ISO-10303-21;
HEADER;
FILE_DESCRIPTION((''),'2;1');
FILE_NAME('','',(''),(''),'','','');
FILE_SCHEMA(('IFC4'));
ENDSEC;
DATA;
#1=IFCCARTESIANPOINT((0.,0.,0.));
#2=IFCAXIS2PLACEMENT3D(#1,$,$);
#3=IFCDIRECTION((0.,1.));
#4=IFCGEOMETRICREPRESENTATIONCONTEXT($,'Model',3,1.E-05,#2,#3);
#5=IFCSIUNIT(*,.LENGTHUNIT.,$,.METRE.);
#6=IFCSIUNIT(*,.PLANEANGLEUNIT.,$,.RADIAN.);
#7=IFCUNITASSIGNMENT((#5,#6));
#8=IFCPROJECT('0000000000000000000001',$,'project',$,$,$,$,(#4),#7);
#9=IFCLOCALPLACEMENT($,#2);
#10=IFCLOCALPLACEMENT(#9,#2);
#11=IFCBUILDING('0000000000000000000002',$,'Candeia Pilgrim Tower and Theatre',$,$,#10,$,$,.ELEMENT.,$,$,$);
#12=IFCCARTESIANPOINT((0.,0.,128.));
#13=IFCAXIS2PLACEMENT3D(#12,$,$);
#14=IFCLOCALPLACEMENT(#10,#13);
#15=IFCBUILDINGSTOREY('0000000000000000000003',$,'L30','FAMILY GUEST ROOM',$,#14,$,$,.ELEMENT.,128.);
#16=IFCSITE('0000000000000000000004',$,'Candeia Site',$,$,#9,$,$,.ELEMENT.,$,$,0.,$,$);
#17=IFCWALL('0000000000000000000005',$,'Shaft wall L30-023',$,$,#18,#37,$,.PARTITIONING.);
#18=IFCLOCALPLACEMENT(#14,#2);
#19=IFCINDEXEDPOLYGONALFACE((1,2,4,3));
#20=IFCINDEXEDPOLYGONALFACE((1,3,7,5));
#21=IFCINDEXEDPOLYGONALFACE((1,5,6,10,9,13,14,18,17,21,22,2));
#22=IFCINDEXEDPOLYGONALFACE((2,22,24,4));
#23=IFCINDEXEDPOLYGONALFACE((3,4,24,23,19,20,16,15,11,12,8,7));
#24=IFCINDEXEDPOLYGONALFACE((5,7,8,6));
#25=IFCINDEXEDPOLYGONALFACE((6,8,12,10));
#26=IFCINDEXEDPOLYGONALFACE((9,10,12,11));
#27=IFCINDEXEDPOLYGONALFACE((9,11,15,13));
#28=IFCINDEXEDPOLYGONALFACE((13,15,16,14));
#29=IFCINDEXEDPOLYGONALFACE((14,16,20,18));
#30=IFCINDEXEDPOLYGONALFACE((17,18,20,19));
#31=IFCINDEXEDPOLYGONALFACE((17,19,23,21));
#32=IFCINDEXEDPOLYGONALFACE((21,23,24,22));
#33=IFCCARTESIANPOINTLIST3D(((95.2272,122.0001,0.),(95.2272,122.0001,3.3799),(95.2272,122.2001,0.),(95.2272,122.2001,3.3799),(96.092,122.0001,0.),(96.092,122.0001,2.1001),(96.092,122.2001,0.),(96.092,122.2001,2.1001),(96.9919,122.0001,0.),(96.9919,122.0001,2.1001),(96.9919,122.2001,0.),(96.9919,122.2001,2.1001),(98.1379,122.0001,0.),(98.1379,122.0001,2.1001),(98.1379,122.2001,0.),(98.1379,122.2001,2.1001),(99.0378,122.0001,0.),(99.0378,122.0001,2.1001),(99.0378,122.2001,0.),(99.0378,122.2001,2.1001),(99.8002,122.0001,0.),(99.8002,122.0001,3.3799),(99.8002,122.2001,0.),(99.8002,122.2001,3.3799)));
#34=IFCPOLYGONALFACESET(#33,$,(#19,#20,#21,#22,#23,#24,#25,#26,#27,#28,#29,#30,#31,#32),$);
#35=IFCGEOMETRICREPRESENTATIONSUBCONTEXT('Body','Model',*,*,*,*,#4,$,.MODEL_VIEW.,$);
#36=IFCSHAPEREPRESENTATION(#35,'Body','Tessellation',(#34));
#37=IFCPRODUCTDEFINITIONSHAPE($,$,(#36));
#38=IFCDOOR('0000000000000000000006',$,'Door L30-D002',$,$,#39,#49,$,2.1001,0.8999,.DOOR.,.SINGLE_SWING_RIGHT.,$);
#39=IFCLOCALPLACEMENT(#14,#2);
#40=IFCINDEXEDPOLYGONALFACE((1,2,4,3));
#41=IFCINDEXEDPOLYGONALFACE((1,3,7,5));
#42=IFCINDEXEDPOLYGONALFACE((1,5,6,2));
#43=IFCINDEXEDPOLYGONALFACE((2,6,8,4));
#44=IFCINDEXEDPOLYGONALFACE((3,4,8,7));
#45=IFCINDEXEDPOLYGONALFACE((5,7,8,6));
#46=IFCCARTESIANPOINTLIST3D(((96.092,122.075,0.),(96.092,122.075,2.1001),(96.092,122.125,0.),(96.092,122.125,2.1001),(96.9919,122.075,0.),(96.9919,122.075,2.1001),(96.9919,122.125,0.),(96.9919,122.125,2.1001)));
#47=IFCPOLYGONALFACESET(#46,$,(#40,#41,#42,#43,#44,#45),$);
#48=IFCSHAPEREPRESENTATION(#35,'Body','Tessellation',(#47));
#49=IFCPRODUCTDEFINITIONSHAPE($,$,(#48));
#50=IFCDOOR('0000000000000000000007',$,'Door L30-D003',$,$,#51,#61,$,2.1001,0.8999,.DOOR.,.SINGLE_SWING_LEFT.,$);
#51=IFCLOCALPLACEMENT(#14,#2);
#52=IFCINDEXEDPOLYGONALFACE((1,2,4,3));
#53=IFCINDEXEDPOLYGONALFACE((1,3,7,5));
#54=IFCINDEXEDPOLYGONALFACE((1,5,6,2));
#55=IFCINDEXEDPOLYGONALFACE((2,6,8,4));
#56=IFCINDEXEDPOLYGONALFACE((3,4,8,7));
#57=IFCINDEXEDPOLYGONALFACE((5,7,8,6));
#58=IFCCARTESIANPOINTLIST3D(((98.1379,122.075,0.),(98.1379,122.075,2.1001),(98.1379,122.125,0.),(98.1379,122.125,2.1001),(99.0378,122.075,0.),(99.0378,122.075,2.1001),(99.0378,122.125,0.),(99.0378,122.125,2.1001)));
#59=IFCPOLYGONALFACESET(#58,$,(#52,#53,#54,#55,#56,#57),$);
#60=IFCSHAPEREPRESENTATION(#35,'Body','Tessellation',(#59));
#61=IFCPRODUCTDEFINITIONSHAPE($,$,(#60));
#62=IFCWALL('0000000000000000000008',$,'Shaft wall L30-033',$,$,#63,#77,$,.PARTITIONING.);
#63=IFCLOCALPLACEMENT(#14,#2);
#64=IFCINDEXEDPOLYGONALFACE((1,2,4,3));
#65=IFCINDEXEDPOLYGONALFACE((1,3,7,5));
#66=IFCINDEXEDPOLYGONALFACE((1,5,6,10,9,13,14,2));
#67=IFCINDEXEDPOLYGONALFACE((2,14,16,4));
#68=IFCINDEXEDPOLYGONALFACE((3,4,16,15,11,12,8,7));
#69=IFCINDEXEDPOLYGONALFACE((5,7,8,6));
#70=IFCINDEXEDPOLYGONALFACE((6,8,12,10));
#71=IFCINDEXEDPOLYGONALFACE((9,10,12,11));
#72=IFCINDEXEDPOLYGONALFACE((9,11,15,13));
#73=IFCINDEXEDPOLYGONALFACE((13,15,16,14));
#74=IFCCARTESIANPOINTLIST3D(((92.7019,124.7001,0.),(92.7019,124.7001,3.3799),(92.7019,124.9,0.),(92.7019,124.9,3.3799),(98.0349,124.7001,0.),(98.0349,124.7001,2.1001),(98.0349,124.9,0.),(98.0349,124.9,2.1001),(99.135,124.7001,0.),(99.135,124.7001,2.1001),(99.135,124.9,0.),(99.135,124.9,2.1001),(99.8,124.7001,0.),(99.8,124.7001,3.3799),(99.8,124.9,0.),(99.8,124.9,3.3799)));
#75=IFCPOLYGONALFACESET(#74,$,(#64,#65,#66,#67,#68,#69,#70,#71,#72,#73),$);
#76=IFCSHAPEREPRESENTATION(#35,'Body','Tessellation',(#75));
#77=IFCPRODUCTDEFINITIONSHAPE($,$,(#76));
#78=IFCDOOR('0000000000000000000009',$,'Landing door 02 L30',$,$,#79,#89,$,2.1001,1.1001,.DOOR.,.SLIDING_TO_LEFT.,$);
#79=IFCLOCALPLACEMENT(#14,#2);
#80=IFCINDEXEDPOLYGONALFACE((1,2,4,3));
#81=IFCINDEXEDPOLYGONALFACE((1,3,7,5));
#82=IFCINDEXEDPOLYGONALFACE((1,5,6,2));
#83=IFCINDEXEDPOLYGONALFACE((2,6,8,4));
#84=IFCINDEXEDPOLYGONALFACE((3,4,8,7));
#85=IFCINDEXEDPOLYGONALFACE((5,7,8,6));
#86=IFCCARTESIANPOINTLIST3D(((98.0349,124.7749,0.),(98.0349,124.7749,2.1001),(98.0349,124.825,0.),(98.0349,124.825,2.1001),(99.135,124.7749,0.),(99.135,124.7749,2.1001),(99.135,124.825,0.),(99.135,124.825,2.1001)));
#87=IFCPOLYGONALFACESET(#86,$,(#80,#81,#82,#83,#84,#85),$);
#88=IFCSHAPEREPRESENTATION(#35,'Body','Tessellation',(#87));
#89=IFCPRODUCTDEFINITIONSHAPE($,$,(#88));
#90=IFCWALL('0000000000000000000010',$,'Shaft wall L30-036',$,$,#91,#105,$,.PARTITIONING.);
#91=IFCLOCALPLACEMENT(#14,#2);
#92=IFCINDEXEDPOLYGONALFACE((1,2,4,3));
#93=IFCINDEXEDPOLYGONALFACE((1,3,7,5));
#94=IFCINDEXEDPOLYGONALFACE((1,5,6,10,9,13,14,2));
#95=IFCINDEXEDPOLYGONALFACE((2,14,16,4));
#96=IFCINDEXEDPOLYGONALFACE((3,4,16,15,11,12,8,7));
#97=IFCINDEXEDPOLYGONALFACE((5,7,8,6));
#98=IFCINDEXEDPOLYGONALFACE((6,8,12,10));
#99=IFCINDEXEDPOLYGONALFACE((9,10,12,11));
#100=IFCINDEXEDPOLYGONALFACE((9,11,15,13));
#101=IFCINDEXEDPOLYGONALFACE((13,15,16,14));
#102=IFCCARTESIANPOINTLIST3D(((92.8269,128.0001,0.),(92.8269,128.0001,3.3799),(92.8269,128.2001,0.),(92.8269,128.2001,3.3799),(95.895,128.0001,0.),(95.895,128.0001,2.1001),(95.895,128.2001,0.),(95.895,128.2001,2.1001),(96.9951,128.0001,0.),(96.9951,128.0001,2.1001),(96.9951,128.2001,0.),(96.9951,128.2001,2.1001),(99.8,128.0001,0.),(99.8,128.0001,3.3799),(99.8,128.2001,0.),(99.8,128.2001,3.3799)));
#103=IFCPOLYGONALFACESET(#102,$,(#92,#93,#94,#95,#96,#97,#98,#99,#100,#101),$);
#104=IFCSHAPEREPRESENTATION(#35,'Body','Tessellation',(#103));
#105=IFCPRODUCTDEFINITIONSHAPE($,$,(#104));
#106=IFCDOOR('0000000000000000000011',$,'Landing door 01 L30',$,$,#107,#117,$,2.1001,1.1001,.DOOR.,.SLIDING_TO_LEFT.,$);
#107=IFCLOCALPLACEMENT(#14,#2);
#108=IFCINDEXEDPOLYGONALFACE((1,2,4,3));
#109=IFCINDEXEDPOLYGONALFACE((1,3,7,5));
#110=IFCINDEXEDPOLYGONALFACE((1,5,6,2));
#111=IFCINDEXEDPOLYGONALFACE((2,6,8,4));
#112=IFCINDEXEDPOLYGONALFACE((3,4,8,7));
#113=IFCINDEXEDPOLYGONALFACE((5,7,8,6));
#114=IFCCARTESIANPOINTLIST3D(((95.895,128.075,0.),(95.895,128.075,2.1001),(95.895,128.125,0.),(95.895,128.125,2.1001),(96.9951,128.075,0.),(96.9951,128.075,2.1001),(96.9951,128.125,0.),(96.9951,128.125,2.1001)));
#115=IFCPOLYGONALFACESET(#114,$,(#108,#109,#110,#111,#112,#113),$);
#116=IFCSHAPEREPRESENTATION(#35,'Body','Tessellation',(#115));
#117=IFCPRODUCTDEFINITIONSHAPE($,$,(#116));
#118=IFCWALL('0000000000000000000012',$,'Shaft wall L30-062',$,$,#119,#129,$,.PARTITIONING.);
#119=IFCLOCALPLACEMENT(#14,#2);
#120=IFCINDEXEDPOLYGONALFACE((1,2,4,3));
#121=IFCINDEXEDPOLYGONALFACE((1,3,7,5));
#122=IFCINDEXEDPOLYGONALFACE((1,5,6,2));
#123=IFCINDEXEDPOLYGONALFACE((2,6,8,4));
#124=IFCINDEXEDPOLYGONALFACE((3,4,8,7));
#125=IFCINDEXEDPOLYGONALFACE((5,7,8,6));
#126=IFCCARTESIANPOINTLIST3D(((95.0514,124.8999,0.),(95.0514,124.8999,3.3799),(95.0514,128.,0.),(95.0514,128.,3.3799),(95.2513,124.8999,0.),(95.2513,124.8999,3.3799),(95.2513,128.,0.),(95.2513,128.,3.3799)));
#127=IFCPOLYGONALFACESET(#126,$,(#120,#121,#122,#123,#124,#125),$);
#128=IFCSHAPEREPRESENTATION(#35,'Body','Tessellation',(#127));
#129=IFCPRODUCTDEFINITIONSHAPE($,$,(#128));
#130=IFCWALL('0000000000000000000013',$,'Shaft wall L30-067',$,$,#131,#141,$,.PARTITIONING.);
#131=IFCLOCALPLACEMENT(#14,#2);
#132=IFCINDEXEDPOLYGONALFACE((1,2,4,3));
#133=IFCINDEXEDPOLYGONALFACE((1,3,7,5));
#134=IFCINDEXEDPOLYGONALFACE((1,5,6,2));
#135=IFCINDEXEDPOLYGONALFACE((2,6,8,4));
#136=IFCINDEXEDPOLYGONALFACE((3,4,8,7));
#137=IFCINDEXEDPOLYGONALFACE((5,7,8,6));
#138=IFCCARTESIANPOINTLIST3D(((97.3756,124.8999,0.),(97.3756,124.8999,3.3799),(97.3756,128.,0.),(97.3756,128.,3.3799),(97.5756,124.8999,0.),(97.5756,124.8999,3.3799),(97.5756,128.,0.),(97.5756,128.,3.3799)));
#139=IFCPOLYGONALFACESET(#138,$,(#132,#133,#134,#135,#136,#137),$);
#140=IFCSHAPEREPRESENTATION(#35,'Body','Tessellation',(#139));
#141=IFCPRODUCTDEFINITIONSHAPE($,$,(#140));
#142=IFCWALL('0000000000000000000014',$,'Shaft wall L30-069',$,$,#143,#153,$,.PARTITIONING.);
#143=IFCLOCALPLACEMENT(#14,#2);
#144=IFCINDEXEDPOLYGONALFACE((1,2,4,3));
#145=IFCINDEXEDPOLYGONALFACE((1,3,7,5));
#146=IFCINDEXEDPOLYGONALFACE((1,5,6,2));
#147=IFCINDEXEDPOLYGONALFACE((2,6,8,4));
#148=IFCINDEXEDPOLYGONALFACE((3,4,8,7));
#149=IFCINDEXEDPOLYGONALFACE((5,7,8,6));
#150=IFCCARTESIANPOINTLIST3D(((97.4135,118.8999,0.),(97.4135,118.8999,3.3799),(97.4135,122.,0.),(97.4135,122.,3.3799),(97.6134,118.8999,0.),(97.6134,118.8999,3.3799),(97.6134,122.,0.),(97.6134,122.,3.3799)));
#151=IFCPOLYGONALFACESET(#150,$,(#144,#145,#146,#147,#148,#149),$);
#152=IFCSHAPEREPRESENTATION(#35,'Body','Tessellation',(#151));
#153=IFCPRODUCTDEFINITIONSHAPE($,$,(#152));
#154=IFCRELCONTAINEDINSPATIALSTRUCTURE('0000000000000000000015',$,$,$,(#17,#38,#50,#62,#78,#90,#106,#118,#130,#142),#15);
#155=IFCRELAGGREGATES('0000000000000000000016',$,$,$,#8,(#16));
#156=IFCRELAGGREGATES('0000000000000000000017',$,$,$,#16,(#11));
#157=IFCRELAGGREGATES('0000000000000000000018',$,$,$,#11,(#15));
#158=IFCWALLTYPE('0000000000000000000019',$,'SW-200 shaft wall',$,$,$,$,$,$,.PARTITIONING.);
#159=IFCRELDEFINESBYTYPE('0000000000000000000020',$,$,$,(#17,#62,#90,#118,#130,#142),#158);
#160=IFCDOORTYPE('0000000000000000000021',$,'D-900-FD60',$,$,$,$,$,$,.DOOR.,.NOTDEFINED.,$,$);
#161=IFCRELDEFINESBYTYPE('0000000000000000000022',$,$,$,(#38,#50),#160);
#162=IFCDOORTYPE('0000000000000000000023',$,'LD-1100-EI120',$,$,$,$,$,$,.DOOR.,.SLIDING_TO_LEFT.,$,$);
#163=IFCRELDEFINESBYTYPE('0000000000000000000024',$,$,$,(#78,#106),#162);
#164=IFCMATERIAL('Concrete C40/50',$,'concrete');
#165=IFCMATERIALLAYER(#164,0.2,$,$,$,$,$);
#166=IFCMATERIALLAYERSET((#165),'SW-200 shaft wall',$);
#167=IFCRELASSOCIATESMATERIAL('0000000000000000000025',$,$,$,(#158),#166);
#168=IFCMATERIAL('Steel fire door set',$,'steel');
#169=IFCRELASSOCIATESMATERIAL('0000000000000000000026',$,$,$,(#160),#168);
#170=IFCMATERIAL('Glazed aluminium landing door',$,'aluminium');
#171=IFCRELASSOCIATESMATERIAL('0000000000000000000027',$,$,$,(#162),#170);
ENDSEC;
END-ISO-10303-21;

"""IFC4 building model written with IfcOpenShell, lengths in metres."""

from ifc_helpers import new_model, si_unit, direction, frame, frame_2d, origin, place, context, subcontext, project, spatial, rectangle, extrude, material, layer, layer_set, type_object, element, fill, save


model = new_model("IFC4")

# Units and contexts
model_context = context("Model", 3, precision=1e-05, world=origin(), true_north=direction((0.0, 1.0)))
body_context = subcontext(model_context, "Body", "Model", "MODEL_VIEW")
ifc_project = project(units=[si_unit("LENGTHUNIT", "METRE"), si_unit("PLANEANGLEUNIT", "RADIAN")], contexts=[model_context])

# Site, building, storey
site_placement = place(None, origin())
site = spatial("IfcSite", under=ifc_project, at=site_placement, Name="Candeia Site", CompositionType="ELEMENT", RefElevation=0.0)
building_placement = place(site_placement, origin())
building = spatial("IfcBuilding", under=site, at=building_placement, Name="Candeia Pilgrim Tower and Theatre", CompositionType="ELEMENT")
storey_placement = place(building_placement, frame((0.0, 0.0, 128.0)))
storey = spatial("IfcBuildingStorey", under=building, at=storey_placement, Name="L30", Description="FAMILY GUEST ROOM", CompositionType="ELEMENT", Elevation=128.0)

# Shared definitions
ifc_material_1 = material(Name="Steel fire door set", Category="steel")

# Shared definitions
ifc_material_2 = material(Name="Concrete C40/50", Category="concrete")
ifc_layer_1 = layer(ifc_material_2, 0.2)
ifc_layer_set_1 = layer_set([ifc_layer_1], Name="SW-200 shaft wall")
wall_type_1 = type_object("IfcWallType", Name="SW-200 shaft wall", PredefinedType="PARTITIONING", material=ifc_layer_set_1)

# Wall, openings, doors
wall_1_placement = place(storey_placement, frame((95.2271, 122.1001, 0.0), z_axis=(0.0, 0.0, 1.0), x_axis=(1.0, 0.0, 0.0)))
wall_1 = element("IfcWall", 1, at=wall_1_placement, inside=storey, type_object=wall_type_1, Name="Shaft wall L30-023", PredefinedType="PARTITIONING", context=body_context, shape_type="SweptSolid", body=[
    extrude(rectangle(XDim=4.573, YDim=0.2, at=frame_2d((2.2866, 0.0))), origin(), (0.0, 0.0, 1.0), 3.3799),
])
opening_1_placement = place(wall_1_placement, frame((0.865, 0.0, 0.0)))
opening_1 = element("IfcOpeningElement", 2, at=opening_1_placement, cuts=wall_1, PredefinedType="OPENING", context=body_context, shape_type="SweptSolid", body=[
    extrude(rectangle(XDim=0.8999, YDim=2.1001, at=frame_2d((0.45, 1.05))), frame((0.0, 0.1099, 0.0), z_axis=(0.0, -1.0, 0.0), x_axis=(1.0, 0.0, 0.0)), (0.0, 0.0, 1.0), 0.22),
])
opening_2_placement = place(wall_1_placement, frame((2.9109, 0.0, 0.0)))
opening_2 = element("IfcOpeningElement", 3, at=opening_2_placement, cuts=wall_1, PredefinedType="OPENING", context=body_context, shape_type="SweptSolid", body=[
    extrude(rectangle(XDim=0.8999, YDim=2.1001, at=frame_2d((0.45, 1.05))), frame((0.0, 0.1099, 0.0), z_axis=(0.0, -1.0, 0.0), x_axis=(1.0, 0.0, 0.0)), (0.0, 0.0, 1.0), 0.22),
])
door_type_1 = type_object("IfcDoorType", Name="D-900-FD60", OperationType="NOTDEFINED", PredefinedType="DOOR", material=ifc_material_1)
door_1_placement = place(opening_1_placement, origin())
door_1 = element("IfcDoor", 4, at=door_1_placement, inside=storey, type_object=door_type_1, Name="Door L30-D002", OperationType="SINGLE_SWING_RIGHT", OverallHeight=2.1001, OverallWidth=0.8999, PredefinedType="DOOR", context=body_context, shape_type="SweptSolid", body=[
    extrude(rectangle(XDim=0.8999, YDim=2.1001, at=frame_2d((0.45, 1.05))), frame((0.0, 0.0249, 0.0), z_axis=(0.0, -1.0, 0.0), x_axis=(1.0, 0.0, 0.0)), (0.0, 0.0, 1.0), 0.05),
])
fill(opening_1, door_1)
door_2_placement = place(opening_2_placement, origin())
door_2 = element("IfcDoor", 5, at=door_2_placement, inside=storey, type_object=door_type_1, Name="Door L30-D003", OperationType="SINGLE_SWING_LEFT", OverallHeight=2.1001, OverallWidth=0.8999, PredefinedType="DOOR", context=body_context, shape_type="SweptSolid", body=[
    extrude(rectangle(XDim=0.8999, YDim=2.1001, at=frame_2d((0.45, 1.05))), frame((0.0, 0.0249, 0.0), z_axis=(0.0, -1.0, 0.0), x_axis=(1.0, 0.0, 0.0)), (0.0, 0.0, 1.0), 0.05),
])
fill(opening_2, door_2)

# Walls, openings, doors
wall_2_placement = place(storey_placement, frame((92.7019, 124.8, 0.0), z_axis=(0.0, 0.0, 1.0), x_axis=(1.0, 0.0, 0.0)))
wall_2 = element("IfcWall", 6, at=wall_2_placement, inside=storey, type_object=wall_type_1, Name="Shaft wall L30-033", PredefinedType="PARTITIONING", context=body_context, shape_type="SweptSolid", body=[
    extrude(rectangle(XDim=7.0981, YDim=0.2, at=frame_2d((3.5491, 0.0))), origin(), (0.0, 0.0, 1.0), 3.3799),
])
opening_3_placement = place(wall_2_placement, frame((5.333, 0.0, 0.0)))
opening_3 = element("IfcOpeningElement", 7, at=opening_3_placement, cuts=wall_2, PredefinedType="OPENING", context=body_context, shape_type="SweptSolid", body=[
    extrude(rectangle(XDim=1.1001, YDim=2.1001, at=frame_2d((0.55, 1.05))), frame((0.0, 0.1099, 0.0), z_axis=(0.0, -1.0, 0.0), x_axis=(1.0, 0.0, 0.0)), (0.0, 0.0, 1.0), 0.22),
])
ifc_material_3 = material(Name="Glazed aluminium landing door", Category="aluminium")
door_type_2 = type_object("IfcDoorType", Name="LD-1100-EI120", OperationType="SLIDING_TO_LEFT", PredefinedType="DOOR", material=ifc_material_3)
door_3_placement = place(opening_3_placement, origin())
door_3 = element("IfcDoor", 8, at=door_3_placement, inside=storey, type_object=door_type_2, Name="Landing door 02 L30", OperationType="SLIDING_TO_LEFT", OverallHeight=2.1001, OverallWidth=1.1001, PredefinedType="DOOR", context=body_context, shape_type="SweptSolid", body=[
    extrude(rectangle(XDim=1.1001, YDim=2.1001, at=frame_2d((0.55, 1.05))), frame((0.0, 0.0249, 0.0), z_axis=(0.0, -1.0, 0.0), x_axis=(1.0, 0.0, 0.0)), (0.0, 0.0, 1.0), 0.05),
])
fill(opening_3, door_3)
wall_3_placement = place(storey_placement, frame((92.8269, 128.1001, 0.0), z_axis=(0.0, 0.0, 1.0), x_axis=(1.0, 0.0, 0.0)))
wall_3 = element("IfcWall", 9, at=wall_3_placement, inside=storey, type_object=wall_type_1, Name="Shaft wall L30-036", PredefinedType="PARTITIONING", context=body_context, shape_type="SweptSolid", body=[
    extrude(rectangle(XDim=6.9731, YDim=0.2, at=frame_2d((3.4866, 0.0))), origin(), (0.0, 0.0, 1.0), 3.3799),
])
opening_4_placement = place(wall_3_placement, frame((3.0681, 0.0, 0.0)))
opening_4 = element("IfcOpeningElement", 10, at=opening_4_placement, cuts=wall_3, PredefinedType="OPENING", context=body_context, shape_type="SweptSolid", body=[
    extrude(rectangle(XDim=1.1001, YDim=2.1001, at=frame_2d((0.55, 1.05))), frame((0.0, 0.1099, 0.0), z_axis=(0.0, -1.0, 0.0), x_axis=(1.0, 0.0, 0.0)), (0.0, 0.0, 1.0), 0.22),
])
door_4_placement = place(opening_4_placement, origin())
door_4 = element("IfcDoor", 11, at=door_4_placement, inside=storey, type_object=door_type_2, Name="Landing door 01 L30", OperationType="SLIDING_TO_LEFT", OverallHeight=2.1001, OverallWidth=1.1001, PredefinedType="DOOR", context=body_context, shape_type="SweptSolid", body=[
    extrude(rectangle(XDim=1.1001, YDim=2.1001, at=frame_2d((0.55, 1.05))), frame((0.0, 0.0249, 0.0), z_axis=(0.0, -1.0, 0.0), x_axis=(1.0, 0.0, 0.0)), (0.0, 0.0, 1.0), 0.05),
])
fill(opening_4, door_4)

# Walls
for number, where, z_axis, x_axis, name in (
    (12, (95.1514, 124.8999, 0.0), (0.0, 0.0, 1.0), (0.0, 1.0, 0.0), "Shaft wall L30-062"),
    (13, (97.4756, 124.8999, 0.0), (0.0, 0.0, 1.0), (0.0, 1.0, 0.0), "Shaft wall L30-067"),
    (14, (97.5134, 118.8999, 0.0), (0.0, 0.0, 1.0), (0.0, 1.0, 0.0), "Shaft wall L30-069"),
):
    element("IfcWall", number, at=place(storey_placement, frame(where, z_axis=z_axis, x_axis=x_axis)), inside=storey, type_object=wall_type_1, Name=name, PredefinedType="PARTITIONING", context=body_context, shape_type="SweptSolid", body=[
        extrude(rectangle(XDim=3.1001, YDim=0.2, at=frame_2d((1.55, 0.0))), origin(), (0.0, 0.0, 1.0), 3.3799),
    ])

save(model, "model.ifc")
